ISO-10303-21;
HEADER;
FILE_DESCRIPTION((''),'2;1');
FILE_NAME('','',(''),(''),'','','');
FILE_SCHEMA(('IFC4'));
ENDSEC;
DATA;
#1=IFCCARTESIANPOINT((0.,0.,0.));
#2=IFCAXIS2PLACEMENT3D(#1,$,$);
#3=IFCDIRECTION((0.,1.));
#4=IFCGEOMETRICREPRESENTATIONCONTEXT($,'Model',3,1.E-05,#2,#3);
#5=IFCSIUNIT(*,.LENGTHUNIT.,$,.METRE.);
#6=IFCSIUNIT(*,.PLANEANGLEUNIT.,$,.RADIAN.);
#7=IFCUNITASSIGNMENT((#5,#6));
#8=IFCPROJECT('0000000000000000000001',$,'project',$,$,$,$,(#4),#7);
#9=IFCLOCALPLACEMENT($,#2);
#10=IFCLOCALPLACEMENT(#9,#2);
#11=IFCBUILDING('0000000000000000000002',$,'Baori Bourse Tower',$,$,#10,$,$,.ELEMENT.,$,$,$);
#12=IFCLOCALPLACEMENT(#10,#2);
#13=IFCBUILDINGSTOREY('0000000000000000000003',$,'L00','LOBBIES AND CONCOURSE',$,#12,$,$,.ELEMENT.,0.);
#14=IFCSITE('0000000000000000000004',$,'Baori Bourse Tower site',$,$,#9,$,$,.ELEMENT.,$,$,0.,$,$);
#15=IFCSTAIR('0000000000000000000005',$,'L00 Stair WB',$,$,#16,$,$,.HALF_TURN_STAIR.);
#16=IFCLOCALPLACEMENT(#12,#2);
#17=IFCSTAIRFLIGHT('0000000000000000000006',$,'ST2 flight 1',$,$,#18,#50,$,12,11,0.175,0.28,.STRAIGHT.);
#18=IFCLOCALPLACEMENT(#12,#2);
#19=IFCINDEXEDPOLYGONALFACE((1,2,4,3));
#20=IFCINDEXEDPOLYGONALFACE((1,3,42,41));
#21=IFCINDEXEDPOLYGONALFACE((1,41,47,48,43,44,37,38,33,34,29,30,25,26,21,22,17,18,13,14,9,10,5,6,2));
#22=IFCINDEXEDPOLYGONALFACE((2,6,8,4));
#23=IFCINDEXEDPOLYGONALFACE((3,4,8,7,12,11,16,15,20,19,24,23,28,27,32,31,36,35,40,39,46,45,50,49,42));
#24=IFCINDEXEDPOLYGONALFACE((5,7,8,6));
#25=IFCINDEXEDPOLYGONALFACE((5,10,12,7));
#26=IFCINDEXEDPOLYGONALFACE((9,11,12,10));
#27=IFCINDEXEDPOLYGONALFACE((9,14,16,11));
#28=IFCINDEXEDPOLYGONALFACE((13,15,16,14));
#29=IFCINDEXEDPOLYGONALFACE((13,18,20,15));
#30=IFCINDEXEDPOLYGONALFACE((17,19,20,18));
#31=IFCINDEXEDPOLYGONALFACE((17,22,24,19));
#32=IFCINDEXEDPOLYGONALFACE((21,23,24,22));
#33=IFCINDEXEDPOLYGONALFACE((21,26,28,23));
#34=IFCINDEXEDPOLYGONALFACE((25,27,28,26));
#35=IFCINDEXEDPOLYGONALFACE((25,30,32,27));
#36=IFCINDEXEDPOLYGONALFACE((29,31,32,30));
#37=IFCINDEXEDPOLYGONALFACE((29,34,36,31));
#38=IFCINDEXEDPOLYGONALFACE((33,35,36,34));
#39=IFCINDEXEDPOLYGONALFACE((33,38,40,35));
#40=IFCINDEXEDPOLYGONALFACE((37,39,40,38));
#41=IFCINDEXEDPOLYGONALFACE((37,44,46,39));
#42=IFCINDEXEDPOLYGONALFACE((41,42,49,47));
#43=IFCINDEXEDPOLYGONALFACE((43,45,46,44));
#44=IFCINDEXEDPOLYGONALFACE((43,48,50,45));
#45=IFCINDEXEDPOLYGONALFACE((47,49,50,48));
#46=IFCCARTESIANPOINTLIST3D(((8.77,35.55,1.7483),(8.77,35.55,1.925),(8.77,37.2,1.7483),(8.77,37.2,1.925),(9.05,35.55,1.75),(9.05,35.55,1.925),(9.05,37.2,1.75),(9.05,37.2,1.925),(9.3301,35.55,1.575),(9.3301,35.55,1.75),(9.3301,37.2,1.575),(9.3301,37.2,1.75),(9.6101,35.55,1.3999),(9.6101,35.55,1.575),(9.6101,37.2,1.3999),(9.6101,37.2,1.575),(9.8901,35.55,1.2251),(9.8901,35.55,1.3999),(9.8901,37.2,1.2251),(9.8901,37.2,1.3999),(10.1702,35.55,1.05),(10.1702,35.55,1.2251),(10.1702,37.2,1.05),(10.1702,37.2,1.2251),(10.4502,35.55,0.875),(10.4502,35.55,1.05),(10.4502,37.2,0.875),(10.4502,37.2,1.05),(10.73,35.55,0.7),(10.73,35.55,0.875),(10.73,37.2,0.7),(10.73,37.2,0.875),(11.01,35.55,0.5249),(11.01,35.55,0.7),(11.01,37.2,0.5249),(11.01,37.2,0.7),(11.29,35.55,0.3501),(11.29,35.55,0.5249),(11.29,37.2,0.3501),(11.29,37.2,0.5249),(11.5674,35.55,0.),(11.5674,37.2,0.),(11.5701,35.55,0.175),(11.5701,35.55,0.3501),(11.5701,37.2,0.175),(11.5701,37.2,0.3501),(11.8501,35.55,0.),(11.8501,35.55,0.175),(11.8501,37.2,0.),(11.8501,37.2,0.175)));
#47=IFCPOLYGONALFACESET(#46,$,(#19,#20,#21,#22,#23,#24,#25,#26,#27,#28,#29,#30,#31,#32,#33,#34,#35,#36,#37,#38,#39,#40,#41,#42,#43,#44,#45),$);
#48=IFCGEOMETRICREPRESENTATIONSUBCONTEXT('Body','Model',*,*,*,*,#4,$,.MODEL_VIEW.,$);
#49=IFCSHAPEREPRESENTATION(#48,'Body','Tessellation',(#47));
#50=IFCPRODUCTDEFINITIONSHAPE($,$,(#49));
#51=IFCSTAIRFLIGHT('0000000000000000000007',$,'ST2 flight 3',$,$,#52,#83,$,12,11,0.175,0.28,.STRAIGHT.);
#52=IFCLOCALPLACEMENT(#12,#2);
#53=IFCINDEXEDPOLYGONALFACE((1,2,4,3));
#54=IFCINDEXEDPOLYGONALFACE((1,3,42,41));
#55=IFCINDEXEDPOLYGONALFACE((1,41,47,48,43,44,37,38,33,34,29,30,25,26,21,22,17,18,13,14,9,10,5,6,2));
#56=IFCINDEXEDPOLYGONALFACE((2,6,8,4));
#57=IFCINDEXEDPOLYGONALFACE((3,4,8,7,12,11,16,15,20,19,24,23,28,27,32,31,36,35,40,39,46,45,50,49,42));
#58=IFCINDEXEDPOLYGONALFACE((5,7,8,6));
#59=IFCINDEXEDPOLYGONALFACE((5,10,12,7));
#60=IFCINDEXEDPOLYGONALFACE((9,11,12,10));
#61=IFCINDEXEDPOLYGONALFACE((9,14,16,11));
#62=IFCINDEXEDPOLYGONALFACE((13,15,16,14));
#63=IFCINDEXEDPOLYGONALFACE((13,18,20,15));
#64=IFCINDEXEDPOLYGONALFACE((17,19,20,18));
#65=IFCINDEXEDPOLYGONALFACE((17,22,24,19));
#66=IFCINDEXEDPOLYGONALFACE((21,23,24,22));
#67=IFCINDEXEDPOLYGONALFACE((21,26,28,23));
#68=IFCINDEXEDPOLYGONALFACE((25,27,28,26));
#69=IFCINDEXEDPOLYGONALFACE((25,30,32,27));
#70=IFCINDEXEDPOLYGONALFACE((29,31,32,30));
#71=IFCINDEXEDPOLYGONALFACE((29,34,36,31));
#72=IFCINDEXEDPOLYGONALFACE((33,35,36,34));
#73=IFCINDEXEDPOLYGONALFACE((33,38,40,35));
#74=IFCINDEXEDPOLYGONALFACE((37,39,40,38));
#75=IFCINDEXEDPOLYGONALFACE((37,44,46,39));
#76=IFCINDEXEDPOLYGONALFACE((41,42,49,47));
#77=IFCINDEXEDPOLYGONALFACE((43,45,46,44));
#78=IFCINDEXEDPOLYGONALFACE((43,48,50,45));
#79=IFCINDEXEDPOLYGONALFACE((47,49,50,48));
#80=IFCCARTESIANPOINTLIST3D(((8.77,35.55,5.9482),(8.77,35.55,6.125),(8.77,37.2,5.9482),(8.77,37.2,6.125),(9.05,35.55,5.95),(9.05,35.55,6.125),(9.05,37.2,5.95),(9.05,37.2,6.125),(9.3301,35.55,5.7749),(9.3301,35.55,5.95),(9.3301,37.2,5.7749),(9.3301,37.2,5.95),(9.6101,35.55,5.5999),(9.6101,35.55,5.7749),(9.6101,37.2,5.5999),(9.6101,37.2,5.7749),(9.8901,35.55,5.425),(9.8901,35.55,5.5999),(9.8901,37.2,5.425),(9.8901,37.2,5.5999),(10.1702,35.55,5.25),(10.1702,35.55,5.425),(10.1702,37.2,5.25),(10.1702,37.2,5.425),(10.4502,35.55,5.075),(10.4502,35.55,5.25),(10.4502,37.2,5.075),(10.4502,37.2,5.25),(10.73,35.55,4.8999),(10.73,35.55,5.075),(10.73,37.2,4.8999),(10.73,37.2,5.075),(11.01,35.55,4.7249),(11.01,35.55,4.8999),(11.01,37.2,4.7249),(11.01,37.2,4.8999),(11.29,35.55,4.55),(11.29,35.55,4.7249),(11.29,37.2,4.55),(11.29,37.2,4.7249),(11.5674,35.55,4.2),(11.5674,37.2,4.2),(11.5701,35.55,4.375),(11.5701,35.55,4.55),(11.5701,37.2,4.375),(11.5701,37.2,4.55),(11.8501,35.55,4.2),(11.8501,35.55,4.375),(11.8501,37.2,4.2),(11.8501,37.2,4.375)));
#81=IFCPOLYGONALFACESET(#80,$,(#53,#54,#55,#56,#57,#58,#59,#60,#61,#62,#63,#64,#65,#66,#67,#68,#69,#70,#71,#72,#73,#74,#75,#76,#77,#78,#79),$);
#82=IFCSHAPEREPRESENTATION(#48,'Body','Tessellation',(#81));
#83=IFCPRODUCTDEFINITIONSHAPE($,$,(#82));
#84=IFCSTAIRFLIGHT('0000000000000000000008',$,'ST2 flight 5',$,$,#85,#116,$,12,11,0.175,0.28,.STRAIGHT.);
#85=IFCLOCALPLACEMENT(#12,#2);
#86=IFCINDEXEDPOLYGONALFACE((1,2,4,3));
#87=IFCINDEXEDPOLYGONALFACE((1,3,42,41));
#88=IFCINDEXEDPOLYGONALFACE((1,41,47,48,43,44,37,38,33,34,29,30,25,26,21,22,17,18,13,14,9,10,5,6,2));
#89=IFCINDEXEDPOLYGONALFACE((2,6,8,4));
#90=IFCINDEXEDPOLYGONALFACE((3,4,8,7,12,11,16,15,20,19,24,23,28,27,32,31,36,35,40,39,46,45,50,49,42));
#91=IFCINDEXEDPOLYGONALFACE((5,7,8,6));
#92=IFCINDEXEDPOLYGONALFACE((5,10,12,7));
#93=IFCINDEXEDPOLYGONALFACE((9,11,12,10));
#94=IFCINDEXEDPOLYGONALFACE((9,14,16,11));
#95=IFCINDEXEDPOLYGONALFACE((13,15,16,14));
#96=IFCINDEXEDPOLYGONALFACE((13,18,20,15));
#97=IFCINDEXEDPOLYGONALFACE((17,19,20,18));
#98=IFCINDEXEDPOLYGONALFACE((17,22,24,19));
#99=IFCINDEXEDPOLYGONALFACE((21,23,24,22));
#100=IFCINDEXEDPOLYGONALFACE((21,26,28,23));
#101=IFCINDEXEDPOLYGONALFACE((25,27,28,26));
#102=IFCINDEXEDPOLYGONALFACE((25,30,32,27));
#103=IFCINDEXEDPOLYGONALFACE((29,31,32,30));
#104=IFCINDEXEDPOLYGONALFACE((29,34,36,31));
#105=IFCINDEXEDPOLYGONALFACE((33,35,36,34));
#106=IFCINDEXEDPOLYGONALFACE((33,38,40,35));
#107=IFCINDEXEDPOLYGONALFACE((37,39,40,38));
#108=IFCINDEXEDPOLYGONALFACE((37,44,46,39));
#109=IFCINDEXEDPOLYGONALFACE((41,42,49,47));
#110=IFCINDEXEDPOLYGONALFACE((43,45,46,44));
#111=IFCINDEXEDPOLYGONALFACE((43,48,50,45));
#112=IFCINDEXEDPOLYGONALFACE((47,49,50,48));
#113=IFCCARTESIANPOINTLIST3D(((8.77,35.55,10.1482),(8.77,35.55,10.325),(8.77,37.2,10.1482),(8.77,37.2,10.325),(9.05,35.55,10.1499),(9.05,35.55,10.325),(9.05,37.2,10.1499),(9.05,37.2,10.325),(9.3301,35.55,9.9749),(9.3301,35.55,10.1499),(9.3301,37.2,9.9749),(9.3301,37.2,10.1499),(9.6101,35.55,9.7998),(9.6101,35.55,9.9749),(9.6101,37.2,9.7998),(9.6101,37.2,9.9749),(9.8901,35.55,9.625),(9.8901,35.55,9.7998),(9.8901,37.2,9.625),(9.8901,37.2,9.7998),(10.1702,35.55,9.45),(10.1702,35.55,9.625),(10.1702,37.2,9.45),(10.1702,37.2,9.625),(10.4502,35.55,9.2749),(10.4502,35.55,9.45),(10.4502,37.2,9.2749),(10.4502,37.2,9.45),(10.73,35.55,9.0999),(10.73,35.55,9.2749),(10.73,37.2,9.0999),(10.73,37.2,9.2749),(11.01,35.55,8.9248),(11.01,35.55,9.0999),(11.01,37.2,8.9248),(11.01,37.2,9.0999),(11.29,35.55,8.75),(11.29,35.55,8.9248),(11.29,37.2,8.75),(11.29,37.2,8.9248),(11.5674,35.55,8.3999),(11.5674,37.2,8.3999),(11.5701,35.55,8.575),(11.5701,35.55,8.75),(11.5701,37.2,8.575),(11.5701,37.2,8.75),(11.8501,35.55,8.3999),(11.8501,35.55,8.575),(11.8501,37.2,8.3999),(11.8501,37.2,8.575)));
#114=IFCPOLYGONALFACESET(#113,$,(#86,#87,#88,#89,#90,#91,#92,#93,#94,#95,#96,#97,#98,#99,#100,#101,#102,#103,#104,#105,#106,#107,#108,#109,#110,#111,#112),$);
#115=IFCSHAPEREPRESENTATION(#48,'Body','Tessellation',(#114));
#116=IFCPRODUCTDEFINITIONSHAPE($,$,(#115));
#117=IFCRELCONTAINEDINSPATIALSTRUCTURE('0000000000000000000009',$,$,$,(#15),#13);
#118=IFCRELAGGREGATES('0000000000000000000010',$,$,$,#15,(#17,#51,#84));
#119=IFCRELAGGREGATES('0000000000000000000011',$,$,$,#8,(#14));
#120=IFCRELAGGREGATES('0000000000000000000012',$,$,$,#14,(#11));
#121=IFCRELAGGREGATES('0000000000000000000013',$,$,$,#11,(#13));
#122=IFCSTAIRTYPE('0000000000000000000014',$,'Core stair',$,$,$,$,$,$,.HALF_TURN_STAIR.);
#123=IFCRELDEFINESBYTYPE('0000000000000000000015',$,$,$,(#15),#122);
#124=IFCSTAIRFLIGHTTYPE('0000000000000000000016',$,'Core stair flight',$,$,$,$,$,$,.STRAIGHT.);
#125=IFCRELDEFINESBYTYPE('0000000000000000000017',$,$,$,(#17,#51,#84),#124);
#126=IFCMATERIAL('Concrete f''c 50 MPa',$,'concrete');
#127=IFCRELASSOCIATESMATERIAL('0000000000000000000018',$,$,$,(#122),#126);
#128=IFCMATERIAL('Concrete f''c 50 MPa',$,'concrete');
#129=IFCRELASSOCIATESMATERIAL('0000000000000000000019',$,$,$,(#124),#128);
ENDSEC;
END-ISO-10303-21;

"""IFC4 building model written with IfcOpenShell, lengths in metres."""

from ifc_helpers import new_model, si_unit, direction, frame, origin, place, context, subcontext, project, spatial, polyline, outline, extrude, material, type_object, element, aggregate, save


model = new_model("IFC4")

# Units and contexts
model_context = context("Model", 3, precision=1e-05, world=origin(), true_north=direction((0.0, 1.0)))
body_context = subcontext(model_context, "Body", "Model", "MODEL_VIEW")
ifc_project = project(units=[si_unit("LENGTHUNIT", "METRE"), si_unit("PLANEANGLEUNIT", "RADIAN")], contexts=[model_context])

# Site, building, storey
site_placement = place(None, origin())
site = spatial("IfcSite", under=ifc_project, at=site_placement, Name="Baori Bourse Tower site", CompositionType="ELEMENT", RefElevation=0.0)
building_placement = place(site_placement, origin())
building = spatial("IfcBuilding", under=site, at=building_placement, Name="Baori Bourse Tower", CompositionType="ELEMENT")
storey_placement = place(building_placement, origin())
storey = spatial("IfcBuildingStorey", under=building, at=storey_placement, Name="L00", Description="LOBBIES AND CONCOURSE", CompositionType="ELEMENT", Elevation=0.0)

# Stair, stair flights
ifc_material_1 = material(Name="Concrete f'c 50 MPa", Category="concrete")
stair_type = type_object("IfcStairType", Name="Core stair", PredefinedType="HALF_TURN_STAIR", material=ifc_material_1)
stair_placement = place(storey_placement, origin())
stair = element("IfcStair", 1, at=stair_placement, inside=storey, type_object=stair_type, Name="L00 Stair WB", PredefinedType="HALF_TURN_STAIR")
ifc_material_2 = material(Name="Concrete f'c 50 MPa", Category="concrete")
stair_flight_type = type_object("IfcStairFlightType", Name="Core stair flight", PredefinedType="STRAIGHT", material=ifc_material_2)
stair_flight_1_placement = place(storey_placement, frame((11.8501, 36.375, 0.0), z_axis=(0.0, 0.0, 1.0), x_axis=(-1.0, 0.0, 0.0)))
stair_flight_1 = element("IfcStairFlight", 2, at=stair_flight_1_placement, type_object=stair_flight_type, Name="ST2 flight 1", NumberOfRisers=12, NumberOfTreads=11, PredefinedType="STRAIGHT", RiserHeight=0.175, TreadLength=0.28, context=body_context, shape_type="SweptSolid", body=[
    extrude(outline(polyline([(0.0, 0.0), (0.0, 0.175), (0.28, 0.175), (0.28, 0.3501), (0.5601, 0.3501), (0.5601, 0.5249), (0.8401, 0.5249), (0.8401, 0.7), (1.1201, 0.7), (1.1201, 0.875), (1.3999, 0.875), (1.3999, 1.05), (1.6799, 1.05), (1.6799, 1.2251), (1.96, 1.2251), (1.96, 1.3999), (2.24, 1.3999), (2.24, 1.575), (2.52, 1.575), (2.52, 1.75), (2.8, 1.75), (2.8, 1.925), (3.0801, 1.925), (3.0801, 2.1001), (3.0801, 1.7483), (0.2827, 0.0), (0.0, 0.0)])), frame((0.0, 0.825, 0.0), z_axis=(0.0, -1.0, 0.0), x_axis=(1.0, 0.0, 0.0)), (0.0, 0.0, 1.0), 1.6499),
])
stair_flight_2_placement = place(storey_placement, frame((11.8501, 36.375, 4.2), z_axis=(0.0, 0.0, 1.0), x_axis=(-1.0, 0.0, 0.0)))
stair_flight_2 = element("IfcStairFlight", 3, at=stair_flight_2_placement, type_object=stair_flight_type, Name="ST2 flight 3", NumberOfRisers=12, NumberOfTreads=11, PredefinedType="STRAIGHT", RiserHeight=0.175, TreadLength=0.28, context=body_context, shape_type="SweptSolid", body=[
    extrude(outline(polyline([(0.0, 0.0), (0.0, 0.175), (0.28, 0.175), (0.28, 0.3501), (0.5601, 0.3501), (0.5601, 0.5249), (0.8401, 0.5249), (0.8401, 0.7), (1.1201, 0.7), (1.1201, 0.875), (1.3999, 0.875), (1.3999, 1.05), (1.6799, 1.05), (1.6799, 1.2251), (1.96, 1.2251), (1.96, 1.3999), (2.24, 1.3999), (2.24, 1.575), (2.52, 1.575), (2.52, 1.75), (2.8, 1.75), (2.8, 1.925), (3.0801, 1.925), (3.0801, 2.1001), (3.0801, 1.7483), (0.2827, 0.0), (0.0, 0.0)])), frame((0.0, 0.825, 0.0), z_axis=(0.0, -1.0, 0.0), x_axis=(1.0, 0.0, 0.0)), (0.0, 0.0, 1.0), 1.6499),
])
stair_flight_3_placement = place(storey_placement, frame((11.8501, 36.375, 8.3999), z_axis=(0.0, 0.0, 1.0), x_axis=(-1.0, 0.0, 0.0)))
stair_flight_3 = element("IfcStairFlight", 4, at=stair_flight_3_placement, type_object=stair_flight_type, Name="ST2 flight 5", NumberOfRisers=12, NumberOfTreads=11, PredefinedType="STRAIGHT", RiserHeight=0.175, TreadLength=0.28, context=body_context, shape_type="SweptSolid", body=[
    extrude(outline(polyline([(0.0, 0.0), (0.0, 0.175), (0.28, 0.175), (0.28, 0.3501), (0.5601, 0.3501), (0.5601, 0.5249), (0.8401, 0.5249), (0.8401, 0.7), (1.1201, 0.7), (1.1201, 0.875), (1.3999, 0.875), (1.3999, 1.05), (1.6799, 1.05), (1.6799, 1.2251), (1.96, 1.2251), (1.96, 1.3999), (2.24, 1.3999), (2.24, 1.575), (2.52, 1.575), (2.52, 1.75), (2.8, 1.75), (2.8, 1.925), (3.0801, 1.925), (3.0801, 2.1001), (3.0801, 1.7483), (0.2827, 0.0), (0.0, 0.0)])), frame((0.0, 0.825, 0.0), z_axis=(0.0, -1.0, 0.0), x_axis=(1.0, 0.0, 0.0)), (0.0, 0.0, 1.0), 1.6499),
])
aggregate(stair, [stair_flight_1, stair_flight_2, stair_flight_3])

save(model, "model.ifc")
